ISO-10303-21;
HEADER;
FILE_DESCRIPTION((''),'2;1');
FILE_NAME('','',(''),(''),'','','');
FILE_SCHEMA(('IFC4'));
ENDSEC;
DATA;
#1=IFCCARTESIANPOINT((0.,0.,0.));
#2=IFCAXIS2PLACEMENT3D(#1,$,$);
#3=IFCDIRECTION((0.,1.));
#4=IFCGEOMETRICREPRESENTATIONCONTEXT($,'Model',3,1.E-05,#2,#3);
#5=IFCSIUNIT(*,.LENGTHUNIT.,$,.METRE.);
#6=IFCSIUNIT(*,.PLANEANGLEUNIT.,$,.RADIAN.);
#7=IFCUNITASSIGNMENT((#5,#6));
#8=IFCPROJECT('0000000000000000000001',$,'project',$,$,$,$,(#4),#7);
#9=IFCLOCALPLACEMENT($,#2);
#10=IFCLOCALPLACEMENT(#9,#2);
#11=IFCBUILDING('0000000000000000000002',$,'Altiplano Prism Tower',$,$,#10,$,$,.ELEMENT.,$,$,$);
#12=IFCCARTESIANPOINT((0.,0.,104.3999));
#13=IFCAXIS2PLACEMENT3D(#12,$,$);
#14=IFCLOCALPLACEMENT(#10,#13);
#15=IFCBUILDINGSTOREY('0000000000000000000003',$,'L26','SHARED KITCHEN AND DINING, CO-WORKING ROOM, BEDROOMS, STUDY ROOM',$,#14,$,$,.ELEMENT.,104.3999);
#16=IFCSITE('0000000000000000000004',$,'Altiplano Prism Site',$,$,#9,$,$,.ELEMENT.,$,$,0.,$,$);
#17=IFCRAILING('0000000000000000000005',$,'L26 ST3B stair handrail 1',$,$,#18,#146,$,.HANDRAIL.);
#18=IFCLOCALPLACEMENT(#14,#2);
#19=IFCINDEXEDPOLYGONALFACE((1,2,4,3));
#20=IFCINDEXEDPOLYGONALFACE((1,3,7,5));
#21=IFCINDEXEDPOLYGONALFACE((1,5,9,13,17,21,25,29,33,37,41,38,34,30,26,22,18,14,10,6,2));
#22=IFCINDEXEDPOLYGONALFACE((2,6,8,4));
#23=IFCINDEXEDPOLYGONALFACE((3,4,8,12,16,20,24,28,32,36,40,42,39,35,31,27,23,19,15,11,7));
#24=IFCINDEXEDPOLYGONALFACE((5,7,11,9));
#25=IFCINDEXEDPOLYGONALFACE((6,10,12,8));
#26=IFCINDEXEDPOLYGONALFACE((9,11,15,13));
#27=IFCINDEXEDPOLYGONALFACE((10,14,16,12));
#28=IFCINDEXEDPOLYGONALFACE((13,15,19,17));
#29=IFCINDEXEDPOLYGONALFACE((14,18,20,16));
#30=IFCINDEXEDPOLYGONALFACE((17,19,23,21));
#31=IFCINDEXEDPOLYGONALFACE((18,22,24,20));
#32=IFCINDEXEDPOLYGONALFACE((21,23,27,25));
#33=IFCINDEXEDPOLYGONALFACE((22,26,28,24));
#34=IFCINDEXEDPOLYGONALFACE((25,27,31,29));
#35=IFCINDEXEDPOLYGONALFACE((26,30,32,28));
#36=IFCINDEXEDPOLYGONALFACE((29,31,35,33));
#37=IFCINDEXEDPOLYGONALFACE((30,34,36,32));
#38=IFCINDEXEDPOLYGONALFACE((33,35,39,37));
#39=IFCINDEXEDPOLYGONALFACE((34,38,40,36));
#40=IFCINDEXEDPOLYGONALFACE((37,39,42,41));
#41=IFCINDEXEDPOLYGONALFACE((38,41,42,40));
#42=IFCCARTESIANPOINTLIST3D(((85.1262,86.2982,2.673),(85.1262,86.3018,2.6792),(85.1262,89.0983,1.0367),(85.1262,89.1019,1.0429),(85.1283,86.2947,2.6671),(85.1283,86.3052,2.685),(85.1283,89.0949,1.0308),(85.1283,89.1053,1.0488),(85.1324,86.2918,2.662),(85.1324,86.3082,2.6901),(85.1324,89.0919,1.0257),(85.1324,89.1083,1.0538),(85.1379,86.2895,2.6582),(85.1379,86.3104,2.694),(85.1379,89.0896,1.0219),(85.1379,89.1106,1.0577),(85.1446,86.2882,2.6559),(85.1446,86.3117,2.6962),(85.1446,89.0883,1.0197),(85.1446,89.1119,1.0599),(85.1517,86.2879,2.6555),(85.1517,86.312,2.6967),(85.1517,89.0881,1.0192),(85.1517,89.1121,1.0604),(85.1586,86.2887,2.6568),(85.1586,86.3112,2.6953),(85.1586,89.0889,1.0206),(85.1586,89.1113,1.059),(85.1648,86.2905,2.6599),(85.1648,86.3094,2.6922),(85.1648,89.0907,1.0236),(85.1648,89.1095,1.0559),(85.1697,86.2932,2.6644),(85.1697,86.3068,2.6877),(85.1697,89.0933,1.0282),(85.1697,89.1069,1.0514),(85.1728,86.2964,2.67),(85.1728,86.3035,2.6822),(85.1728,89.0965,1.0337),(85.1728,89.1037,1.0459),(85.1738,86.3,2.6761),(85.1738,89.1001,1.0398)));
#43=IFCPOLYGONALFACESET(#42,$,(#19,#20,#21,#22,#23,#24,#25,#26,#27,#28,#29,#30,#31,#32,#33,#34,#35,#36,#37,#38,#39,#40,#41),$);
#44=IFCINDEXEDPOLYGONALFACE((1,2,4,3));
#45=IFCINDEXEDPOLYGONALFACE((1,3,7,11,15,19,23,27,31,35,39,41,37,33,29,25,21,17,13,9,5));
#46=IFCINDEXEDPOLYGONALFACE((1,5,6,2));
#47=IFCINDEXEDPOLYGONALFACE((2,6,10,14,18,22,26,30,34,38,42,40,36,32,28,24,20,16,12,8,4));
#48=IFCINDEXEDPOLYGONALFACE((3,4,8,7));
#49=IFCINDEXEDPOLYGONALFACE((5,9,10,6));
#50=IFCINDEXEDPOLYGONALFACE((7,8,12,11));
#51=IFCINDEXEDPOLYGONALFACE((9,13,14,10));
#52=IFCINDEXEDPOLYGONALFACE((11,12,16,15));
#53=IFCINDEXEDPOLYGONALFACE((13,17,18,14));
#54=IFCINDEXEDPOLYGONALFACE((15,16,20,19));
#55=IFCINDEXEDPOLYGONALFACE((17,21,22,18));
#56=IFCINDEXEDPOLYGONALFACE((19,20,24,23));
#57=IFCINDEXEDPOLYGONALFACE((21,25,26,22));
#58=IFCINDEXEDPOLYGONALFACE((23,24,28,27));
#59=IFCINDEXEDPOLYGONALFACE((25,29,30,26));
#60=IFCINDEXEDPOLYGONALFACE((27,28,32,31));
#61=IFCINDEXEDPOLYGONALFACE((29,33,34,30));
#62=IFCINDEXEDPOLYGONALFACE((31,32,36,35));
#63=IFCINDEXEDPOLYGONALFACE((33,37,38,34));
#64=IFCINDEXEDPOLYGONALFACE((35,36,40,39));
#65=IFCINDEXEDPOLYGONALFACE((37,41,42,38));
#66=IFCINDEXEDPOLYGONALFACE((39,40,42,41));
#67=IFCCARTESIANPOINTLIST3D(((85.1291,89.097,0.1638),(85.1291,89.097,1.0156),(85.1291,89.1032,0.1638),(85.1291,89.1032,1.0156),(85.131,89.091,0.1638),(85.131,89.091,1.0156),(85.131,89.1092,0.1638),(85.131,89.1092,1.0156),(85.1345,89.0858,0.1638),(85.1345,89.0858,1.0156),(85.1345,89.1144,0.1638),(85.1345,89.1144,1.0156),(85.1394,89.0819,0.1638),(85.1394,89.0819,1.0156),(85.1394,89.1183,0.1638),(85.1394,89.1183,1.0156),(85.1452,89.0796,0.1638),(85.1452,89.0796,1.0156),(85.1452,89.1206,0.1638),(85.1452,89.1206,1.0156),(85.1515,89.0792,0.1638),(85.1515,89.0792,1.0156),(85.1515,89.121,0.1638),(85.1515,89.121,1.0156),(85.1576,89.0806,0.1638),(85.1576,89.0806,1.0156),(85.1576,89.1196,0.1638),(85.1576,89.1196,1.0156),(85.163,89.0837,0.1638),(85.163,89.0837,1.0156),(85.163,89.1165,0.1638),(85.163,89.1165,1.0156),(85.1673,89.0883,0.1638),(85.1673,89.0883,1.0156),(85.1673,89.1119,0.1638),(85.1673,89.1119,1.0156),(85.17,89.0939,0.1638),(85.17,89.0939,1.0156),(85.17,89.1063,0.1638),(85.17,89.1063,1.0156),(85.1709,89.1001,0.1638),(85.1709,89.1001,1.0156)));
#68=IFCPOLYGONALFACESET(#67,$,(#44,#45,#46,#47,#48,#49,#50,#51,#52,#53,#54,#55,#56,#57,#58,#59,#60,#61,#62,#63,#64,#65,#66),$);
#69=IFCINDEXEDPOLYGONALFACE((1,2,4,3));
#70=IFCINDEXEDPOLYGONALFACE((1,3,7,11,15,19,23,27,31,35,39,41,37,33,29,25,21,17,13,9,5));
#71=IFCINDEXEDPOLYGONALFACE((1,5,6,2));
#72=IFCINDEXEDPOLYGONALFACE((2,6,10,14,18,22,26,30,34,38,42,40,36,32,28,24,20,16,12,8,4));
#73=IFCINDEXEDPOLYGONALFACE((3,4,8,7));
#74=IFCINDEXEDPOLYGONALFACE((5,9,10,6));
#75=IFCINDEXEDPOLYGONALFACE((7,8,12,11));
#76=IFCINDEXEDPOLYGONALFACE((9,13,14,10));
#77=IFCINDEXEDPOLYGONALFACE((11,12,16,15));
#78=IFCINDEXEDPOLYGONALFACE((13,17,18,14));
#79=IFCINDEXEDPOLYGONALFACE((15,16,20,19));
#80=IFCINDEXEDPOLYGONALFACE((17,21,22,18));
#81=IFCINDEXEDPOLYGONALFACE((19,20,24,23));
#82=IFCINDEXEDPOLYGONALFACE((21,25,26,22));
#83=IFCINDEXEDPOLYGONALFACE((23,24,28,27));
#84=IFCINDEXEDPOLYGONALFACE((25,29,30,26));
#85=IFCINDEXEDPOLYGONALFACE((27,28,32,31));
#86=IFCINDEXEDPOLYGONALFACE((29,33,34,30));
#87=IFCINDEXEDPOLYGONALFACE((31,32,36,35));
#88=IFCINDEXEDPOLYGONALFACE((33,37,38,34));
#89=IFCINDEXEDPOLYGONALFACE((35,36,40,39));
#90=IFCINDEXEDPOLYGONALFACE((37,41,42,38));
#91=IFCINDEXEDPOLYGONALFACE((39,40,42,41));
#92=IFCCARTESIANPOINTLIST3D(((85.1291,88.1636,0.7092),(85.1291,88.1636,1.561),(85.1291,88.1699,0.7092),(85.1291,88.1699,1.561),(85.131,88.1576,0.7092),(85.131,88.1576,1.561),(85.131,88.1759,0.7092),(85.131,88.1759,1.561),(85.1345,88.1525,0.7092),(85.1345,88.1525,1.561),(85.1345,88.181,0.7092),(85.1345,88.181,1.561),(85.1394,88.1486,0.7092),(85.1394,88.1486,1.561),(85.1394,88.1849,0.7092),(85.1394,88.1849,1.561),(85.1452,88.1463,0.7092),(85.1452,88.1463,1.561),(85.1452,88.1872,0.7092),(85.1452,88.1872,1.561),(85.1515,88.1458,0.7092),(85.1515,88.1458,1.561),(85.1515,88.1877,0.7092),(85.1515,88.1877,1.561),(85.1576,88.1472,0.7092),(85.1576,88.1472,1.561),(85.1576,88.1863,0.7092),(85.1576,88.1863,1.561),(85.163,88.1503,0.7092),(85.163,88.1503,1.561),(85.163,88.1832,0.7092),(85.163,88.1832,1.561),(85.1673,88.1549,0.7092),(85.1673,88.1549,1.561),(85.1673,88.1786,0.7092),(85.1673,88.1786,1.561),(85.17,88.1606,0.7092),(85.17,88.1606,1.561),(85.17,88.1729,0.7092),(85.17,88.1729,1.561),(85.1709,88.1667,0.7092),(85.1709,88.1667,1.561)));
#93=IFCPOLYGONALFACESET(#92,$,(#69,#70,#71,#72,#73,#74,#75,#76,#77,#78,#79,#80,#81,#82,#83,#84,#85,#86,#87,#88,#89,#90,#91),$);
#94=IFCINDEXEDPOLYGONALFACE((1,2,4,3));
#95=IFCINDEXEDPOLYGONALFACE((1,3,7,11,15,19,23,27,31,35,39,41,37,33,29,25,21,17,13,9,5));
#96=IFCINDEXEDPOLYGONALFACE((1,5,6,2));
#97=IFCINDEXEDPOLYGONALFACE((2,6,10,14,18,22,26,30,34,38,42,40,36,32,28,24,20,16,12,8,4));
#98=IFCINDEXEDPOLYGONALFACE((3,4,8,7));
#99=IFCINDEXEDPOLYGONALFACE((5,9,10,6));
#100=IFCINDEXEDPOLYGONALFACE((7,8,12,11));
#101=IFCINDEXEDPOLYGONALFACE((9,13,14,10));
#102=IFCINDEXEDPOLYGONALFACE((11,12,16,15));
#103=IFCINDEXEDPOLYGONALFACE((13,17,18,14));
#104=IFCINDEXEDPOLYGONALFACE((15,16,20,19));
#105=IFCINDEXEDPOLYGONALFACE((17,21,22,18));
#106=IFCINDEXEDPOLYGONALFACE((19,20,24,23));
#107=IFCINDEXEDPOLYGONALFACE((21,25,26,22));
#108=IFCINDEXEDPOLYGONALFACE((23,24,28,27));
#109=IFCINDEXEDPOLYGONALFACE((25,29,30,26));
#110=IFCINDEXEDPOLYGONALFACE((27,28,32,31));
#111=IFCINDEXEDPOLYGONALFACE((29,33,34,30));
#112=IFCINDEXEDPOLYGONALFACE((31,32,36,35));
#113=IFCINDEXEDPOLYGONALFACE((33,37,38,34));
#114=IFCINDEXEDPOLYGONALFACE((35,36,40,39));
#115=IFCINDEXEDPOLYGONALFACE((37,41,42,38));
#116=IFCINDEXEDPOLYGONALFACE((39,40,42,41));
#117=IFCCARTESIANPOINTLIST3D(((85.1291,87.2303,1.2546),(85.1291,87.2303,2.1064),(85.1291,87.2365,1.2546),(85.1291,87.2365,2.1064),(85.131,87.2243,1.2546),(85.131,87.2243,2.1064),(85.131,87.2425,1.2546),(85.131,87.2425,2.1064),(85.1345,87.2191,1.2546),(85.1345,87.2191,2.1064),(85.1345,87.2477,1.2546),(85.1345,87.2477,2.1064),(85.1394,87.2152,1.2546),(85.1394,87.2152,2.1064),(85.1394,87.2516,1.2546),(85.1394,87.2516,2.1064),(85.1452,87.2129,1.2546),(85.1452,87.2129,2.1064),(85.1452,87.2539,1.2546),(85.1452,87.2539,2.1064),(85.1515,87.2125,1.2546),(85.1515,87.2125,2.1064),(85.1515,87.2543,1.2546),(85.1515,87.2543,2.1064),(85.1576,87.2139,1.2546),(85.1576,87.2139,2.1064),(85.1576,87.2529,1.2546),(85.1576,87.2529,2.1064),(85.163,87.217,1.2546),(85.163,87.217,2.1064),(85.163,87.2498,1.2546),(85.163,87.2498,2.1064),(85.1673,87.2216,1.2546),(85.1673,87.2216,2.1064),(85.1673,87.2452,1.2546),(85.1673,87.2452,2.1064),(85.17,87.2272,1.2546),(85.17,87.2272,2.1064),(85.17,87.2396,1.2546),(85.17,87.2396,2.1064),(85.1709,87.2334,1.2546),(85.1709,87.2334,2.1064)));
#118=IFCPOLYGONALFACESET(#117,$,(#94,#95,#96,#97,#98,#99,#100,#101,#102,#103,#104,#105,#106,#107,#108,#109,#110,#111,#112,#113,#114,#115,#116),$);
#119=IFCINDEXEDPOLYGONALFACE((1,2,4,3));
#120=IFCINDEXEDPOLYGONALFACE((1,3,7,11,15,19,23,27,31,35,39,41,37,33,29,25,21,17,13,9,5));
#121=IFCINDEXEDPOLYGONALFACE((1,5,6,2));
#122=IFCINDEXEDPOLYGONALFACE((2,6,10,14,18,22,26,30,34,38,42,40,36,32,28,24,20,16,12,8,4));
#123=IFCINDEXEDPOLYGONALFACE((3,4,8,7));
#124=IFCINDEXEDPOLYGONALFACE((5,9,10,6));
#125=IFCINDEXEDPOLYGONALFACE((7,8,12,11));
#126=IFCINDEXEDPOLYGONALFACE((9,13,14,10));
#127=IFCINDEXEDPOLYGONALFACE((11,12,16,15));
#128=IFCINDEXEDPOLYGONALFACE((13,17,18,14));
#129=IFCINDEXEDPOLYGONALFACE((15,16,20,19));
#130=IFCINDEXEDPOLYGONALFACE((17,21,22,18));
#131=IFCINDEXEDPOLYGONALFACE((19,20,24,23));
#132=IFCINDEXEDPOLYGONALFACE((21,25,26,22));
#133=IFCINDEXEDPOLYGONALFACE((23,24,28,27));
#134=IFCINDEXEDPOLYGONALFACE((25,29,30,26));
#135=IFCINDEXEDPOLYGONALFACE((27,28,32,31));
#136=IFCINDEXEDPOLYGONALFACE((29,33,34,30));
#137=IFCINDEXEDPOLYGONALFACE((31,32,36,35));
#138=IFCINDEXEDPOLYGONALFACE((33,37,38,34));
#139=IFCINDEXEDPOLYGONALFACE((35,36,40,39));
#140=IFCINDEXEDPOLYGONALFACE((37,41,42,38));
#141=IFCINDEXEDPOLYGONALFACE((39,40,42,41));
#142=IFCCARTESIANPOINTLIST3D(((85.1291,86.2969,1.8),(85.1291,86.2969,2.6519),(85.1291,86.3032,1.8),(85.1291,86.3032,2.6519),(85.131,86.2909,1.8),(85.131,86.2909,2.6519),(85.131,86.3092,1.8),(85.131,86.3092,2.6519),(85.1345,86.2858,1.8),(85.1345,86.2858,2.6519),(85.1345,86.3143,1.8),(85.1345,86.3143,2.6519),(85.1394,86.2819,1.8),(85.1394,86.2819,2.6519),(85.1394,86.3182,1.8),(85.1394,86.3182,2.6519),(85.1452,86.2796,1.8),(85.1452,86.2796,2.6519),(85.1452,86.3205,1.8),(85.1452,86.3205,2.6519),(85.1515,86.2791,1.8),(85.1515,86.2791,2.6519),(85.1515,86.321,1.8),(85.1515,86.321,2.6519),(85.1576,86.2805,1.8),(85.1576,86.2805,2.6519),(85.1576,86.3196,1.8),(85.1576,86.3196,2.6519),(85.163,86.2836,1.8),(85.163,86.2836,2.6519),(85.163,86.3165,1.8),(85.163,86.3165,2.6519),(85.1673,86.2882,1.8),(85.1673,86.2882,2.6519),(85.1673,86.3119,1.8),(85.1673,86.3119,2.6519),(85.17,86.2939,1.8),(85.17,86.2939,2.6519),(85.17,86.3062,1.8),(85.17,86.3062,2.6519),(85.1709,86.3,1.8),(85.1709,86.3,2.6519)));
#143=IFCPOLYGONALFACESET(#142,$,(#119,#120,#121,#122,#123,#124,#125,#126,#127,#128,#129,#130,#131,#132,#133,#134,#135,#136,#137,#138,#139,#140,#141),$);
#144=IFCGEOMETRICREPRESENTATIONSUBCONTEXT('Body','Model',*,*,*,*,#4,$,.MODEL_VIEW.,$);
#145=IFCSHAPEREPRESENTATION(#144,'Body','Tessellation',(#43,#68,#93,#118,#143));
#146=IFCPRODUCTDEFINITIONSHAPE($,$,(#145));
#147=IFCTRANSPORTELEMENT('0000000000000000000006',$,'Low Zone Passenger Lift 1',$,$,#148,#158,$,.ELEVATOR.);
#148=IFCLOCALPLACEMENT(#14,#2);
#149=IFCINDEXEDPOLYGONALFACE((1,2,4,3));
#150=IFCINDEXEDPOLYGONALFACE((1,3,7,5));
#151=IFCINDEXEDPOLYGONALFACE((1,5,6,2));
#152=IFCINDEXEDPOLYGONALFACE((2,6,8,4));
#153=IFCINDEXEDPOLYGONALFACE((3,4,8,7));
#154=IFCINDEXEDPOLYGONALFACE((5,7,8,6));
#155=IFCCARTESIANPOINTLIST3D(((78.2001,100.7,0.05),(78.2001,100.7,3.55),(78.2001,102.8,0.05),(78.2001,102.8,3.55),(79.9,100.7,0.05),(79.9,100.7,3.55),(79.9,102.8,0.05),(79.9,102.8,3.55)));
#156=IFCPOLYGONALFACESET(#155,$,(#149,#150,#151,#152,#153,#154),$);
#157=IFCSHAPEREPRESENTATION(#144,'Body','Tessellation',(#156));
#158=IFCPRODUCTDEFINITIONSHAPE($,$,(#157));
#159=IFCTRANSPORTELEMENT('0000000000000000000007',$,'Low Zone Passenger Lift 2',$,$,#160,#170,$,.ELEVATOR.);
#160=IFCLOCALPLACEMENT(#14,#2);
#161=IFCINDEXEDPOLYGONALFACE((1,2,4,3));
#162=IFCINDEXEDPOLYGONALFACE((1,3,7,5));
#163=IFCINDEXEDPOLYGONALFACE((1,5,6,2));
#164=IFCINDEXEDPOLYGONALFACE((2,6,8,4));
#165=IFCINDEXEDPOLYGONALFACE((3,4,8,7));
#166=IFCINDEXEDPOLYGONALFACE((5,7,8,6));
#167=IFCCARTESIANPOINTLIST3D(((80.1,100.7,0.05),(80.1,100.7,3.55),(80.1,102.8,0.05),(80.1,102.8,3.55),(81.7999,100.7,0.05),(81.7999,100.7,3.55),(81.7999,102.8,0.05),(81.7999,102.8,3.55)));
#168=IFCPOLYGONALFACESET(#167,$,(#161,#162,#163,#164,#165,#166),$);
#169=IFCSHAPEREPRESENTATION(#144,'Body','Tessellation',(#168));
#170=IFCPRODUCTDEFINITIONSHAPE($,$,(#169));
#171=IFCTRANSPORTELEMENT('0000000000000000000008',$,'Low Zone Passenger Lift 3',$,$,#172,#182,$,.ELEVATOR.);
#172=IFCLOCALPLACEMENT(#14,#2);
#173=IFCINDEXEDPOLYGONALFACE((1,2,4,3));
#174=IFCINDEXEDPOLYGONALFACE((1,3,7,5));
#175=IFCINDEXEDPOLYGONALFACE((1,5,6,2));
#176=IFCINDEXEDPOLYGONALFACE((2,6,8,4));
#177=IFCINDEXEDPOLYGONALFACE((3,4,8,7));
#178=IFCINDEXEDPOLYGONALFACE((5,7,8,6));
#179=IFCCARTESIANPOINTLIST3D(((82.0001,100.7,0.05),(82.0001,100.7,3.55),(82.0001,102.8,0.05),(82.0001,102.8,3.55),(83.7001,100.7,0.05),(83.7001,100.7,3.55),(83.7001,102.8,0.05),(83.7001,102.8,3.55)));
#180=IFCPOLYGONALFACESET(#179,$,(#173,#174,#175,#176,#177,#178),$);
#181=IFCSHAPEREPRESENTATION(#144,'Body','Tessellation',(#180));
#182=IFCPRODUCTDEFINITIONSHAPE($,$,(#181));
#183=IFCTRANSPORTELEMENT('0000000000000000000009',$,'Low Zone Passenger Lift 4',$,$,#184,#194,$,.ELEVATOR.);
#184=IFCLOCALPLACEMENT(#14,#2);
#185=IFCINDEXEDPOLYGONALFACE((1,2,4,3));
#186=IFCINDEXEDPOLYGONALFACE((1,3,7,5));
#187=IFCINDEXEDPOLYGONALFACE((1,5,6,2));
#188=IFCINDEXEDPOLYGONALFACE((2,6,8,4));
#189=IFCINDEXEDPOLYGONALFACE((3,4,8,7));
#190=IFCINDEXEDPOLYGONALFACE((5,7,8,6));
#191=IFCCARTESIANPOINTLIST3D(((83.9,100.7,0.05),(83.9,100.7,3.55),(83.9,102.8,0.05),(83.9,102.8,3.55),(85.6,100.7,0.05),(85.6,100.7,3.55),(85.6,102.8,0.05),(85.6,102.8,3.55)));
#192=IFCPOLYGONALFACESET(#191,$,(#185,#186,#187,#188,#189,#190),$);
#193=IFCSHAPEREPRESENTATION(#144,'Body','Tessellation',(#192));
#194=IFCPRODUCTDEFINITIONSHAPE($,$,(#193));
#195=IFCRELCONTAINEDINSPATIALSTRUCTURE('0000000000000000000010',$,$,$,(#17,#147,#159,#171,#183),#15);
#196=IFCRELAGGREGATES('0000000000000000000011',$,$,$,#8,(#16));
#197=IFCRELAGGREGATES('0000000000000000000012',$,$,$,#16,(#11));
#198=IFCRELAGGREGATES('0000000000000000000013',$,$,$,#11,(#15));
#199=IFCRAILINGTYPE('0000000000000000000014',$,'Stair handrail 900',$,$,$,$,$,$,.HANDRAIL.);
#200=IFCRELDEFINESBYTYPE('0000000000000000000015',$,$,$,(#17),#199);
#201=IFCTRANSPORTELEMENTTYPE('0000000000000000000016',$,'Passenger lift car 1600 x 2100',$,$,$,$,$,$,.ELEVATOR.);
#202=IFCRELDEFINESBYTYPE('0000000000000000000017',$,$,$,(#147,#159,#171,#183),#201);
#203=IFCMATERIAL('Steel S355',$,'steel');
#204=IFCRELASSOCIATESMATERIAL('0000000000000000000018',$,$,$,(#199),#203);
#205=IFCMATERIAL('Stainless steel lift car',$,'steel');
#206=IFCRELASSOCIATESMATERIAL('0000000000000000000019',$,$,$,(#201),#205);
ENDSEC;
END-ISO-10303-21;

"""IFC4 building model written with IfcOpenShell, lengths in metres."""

from ifc_helpers import new_model, si_unit, direction, frame, origin, origin_2d, place, context, subcontext, project, spatial, rectangle, circle, extrude, material, type_object, element, save


model = new_model("IFC4")

# Units and contexts
model_context = context("Model", 3, precision=1e-05, world=origin(), true_north=direction((0.0, 1.0)))
body_context = subcontext(model_context, "Body", "Model", "MODEL_VIEW")
ifc_project = project(units=[si_unit("LENGTHUNIT", "METRE"), si_unit("PLANEANGLEUNIT", "RADIAN")], contexts=[model_context])

# Site, building, storey
site_placement = place(None, origin())
site = spatial("IfcSite", under=ifc_project, at=site_placement, Name="Altiplano Prism Site", CompositionType="ELEMENT", RefElevation=0.0)
building_placement = place(site_placement, origin())
building = spatial("IfcBuilding", under=site, at=building_placement, Name="Altiplano Prism Tower", CompositionType="ELEMENT")
storey_placement = place(building_placement, frame((0.0, 0.0, 104.3999)))
storey = spatial("IfcBuildingStorey", under=building, at=storey_placement, Name="L26", Description="SHARED KITCHEN AND DINING, CO-WORKING ROOM, BEDROOMS, STUDY ROOM", CompositionType="ELEMENT", Elevation=104.3999)

# Railing
ifc_material_1 = material(Name="Steel S355", Category="steel")
railing_type_1 = type_object("IfcRailingType", Name="Stair handrail 900", PredefinedType="HANDRAIL", material=ifc_material_1)
for number, where, name in (
    (1, (85.1499, 89.1001, 0.1638), "L26 ST3B stair handrail 1"),
):
    element("IfcRailing", number, at=place(storey_placement, frame(where)), inside=storey, type_object=railing_type_1, Name=name, PredefinedType="HANDRAIL", context=body_context, shape_type="SweptSolid", body=[
        extrude(circle(Radius=0.0239, at=origin_2d()), frame((0.0, 0.0, 0.876), z_axis=(0.0, -0.863394, 0.504531), x_axis=(1.0, 0.0, 0.0)), (0.0, 0.0, 1.0), 3.2432),
        extrude(circle(Radius=0.021, at=origin_2d()), origin(), (0.0, 0.0, 1.0), 0.8518),
        extrude(circle(Radius=0.021, at=origin_2d()), frame((0.0, -0.9333, 0.5454)), (0.0, 0.0, 1.0), 0.8518),
        extrude(circle(Radius=0.021, at=origin_2d()), frame((0.0, -1.8667, 1.0908)), (0.0, 0.0, 1.0), 0.8518),
        extrude(circle(Radius=0.021, at=origin_2d()), frame((0.0, -2.8, 1.6362)), (0.0, 0.0, 1.0), 0.8518),
    ])

# Transport elements
ifc_material_2 = material(Name="Stainless steel lift car", Category="steel")
transport_element_type = type_object("IfcTransportElementType", Name="Passenger lift car 1600 x 2100", PredefinedType="ELEVATOR", material=ifc_material_2)
for number, where, z_axis, x_axis, name in (
    (2, (79.05, 101.75, 0.05), (0.0, 0.0, 1.0), (1.0, 0.0, 0.0), "Low Zone Passenger Lift 1"),
    (3, (80.95, 101.75, 0.05), (0.0, 0.0, 1.0), (1.0, 0.0, 0.0), "Low Zone Passenger Lift 2"),
    (4, (82.8501, 101.75, 0.05), (0.0, 0.0, 1.0), (1.0, 0.0, 0.0), "Low Zone Passenger Lift 3"),
    (5, (84.75, 101.75, 0.05), (0.0, 0.0, 1.0), (1.0, 0.0, 0.0), "Low Zone Passenger Lift 4"),
):
    element("IfcTransportElement", number, at=place(storey_placement, frame(where, z_axis=z_axis, x_axis=x_axis)), inside=storey, type_object=transport_element_type, Name=name, PredefinedType="ELEVATOR", context=body_context, shape_type="SweptSolid", body=[
        extrude(rectangle(XDim=1.7, YDim=2.1001, at=origin_2d()), origin(), (0.0, 0.0, 1.0), 3.5),
    ])

save(model, "model.ifc")
